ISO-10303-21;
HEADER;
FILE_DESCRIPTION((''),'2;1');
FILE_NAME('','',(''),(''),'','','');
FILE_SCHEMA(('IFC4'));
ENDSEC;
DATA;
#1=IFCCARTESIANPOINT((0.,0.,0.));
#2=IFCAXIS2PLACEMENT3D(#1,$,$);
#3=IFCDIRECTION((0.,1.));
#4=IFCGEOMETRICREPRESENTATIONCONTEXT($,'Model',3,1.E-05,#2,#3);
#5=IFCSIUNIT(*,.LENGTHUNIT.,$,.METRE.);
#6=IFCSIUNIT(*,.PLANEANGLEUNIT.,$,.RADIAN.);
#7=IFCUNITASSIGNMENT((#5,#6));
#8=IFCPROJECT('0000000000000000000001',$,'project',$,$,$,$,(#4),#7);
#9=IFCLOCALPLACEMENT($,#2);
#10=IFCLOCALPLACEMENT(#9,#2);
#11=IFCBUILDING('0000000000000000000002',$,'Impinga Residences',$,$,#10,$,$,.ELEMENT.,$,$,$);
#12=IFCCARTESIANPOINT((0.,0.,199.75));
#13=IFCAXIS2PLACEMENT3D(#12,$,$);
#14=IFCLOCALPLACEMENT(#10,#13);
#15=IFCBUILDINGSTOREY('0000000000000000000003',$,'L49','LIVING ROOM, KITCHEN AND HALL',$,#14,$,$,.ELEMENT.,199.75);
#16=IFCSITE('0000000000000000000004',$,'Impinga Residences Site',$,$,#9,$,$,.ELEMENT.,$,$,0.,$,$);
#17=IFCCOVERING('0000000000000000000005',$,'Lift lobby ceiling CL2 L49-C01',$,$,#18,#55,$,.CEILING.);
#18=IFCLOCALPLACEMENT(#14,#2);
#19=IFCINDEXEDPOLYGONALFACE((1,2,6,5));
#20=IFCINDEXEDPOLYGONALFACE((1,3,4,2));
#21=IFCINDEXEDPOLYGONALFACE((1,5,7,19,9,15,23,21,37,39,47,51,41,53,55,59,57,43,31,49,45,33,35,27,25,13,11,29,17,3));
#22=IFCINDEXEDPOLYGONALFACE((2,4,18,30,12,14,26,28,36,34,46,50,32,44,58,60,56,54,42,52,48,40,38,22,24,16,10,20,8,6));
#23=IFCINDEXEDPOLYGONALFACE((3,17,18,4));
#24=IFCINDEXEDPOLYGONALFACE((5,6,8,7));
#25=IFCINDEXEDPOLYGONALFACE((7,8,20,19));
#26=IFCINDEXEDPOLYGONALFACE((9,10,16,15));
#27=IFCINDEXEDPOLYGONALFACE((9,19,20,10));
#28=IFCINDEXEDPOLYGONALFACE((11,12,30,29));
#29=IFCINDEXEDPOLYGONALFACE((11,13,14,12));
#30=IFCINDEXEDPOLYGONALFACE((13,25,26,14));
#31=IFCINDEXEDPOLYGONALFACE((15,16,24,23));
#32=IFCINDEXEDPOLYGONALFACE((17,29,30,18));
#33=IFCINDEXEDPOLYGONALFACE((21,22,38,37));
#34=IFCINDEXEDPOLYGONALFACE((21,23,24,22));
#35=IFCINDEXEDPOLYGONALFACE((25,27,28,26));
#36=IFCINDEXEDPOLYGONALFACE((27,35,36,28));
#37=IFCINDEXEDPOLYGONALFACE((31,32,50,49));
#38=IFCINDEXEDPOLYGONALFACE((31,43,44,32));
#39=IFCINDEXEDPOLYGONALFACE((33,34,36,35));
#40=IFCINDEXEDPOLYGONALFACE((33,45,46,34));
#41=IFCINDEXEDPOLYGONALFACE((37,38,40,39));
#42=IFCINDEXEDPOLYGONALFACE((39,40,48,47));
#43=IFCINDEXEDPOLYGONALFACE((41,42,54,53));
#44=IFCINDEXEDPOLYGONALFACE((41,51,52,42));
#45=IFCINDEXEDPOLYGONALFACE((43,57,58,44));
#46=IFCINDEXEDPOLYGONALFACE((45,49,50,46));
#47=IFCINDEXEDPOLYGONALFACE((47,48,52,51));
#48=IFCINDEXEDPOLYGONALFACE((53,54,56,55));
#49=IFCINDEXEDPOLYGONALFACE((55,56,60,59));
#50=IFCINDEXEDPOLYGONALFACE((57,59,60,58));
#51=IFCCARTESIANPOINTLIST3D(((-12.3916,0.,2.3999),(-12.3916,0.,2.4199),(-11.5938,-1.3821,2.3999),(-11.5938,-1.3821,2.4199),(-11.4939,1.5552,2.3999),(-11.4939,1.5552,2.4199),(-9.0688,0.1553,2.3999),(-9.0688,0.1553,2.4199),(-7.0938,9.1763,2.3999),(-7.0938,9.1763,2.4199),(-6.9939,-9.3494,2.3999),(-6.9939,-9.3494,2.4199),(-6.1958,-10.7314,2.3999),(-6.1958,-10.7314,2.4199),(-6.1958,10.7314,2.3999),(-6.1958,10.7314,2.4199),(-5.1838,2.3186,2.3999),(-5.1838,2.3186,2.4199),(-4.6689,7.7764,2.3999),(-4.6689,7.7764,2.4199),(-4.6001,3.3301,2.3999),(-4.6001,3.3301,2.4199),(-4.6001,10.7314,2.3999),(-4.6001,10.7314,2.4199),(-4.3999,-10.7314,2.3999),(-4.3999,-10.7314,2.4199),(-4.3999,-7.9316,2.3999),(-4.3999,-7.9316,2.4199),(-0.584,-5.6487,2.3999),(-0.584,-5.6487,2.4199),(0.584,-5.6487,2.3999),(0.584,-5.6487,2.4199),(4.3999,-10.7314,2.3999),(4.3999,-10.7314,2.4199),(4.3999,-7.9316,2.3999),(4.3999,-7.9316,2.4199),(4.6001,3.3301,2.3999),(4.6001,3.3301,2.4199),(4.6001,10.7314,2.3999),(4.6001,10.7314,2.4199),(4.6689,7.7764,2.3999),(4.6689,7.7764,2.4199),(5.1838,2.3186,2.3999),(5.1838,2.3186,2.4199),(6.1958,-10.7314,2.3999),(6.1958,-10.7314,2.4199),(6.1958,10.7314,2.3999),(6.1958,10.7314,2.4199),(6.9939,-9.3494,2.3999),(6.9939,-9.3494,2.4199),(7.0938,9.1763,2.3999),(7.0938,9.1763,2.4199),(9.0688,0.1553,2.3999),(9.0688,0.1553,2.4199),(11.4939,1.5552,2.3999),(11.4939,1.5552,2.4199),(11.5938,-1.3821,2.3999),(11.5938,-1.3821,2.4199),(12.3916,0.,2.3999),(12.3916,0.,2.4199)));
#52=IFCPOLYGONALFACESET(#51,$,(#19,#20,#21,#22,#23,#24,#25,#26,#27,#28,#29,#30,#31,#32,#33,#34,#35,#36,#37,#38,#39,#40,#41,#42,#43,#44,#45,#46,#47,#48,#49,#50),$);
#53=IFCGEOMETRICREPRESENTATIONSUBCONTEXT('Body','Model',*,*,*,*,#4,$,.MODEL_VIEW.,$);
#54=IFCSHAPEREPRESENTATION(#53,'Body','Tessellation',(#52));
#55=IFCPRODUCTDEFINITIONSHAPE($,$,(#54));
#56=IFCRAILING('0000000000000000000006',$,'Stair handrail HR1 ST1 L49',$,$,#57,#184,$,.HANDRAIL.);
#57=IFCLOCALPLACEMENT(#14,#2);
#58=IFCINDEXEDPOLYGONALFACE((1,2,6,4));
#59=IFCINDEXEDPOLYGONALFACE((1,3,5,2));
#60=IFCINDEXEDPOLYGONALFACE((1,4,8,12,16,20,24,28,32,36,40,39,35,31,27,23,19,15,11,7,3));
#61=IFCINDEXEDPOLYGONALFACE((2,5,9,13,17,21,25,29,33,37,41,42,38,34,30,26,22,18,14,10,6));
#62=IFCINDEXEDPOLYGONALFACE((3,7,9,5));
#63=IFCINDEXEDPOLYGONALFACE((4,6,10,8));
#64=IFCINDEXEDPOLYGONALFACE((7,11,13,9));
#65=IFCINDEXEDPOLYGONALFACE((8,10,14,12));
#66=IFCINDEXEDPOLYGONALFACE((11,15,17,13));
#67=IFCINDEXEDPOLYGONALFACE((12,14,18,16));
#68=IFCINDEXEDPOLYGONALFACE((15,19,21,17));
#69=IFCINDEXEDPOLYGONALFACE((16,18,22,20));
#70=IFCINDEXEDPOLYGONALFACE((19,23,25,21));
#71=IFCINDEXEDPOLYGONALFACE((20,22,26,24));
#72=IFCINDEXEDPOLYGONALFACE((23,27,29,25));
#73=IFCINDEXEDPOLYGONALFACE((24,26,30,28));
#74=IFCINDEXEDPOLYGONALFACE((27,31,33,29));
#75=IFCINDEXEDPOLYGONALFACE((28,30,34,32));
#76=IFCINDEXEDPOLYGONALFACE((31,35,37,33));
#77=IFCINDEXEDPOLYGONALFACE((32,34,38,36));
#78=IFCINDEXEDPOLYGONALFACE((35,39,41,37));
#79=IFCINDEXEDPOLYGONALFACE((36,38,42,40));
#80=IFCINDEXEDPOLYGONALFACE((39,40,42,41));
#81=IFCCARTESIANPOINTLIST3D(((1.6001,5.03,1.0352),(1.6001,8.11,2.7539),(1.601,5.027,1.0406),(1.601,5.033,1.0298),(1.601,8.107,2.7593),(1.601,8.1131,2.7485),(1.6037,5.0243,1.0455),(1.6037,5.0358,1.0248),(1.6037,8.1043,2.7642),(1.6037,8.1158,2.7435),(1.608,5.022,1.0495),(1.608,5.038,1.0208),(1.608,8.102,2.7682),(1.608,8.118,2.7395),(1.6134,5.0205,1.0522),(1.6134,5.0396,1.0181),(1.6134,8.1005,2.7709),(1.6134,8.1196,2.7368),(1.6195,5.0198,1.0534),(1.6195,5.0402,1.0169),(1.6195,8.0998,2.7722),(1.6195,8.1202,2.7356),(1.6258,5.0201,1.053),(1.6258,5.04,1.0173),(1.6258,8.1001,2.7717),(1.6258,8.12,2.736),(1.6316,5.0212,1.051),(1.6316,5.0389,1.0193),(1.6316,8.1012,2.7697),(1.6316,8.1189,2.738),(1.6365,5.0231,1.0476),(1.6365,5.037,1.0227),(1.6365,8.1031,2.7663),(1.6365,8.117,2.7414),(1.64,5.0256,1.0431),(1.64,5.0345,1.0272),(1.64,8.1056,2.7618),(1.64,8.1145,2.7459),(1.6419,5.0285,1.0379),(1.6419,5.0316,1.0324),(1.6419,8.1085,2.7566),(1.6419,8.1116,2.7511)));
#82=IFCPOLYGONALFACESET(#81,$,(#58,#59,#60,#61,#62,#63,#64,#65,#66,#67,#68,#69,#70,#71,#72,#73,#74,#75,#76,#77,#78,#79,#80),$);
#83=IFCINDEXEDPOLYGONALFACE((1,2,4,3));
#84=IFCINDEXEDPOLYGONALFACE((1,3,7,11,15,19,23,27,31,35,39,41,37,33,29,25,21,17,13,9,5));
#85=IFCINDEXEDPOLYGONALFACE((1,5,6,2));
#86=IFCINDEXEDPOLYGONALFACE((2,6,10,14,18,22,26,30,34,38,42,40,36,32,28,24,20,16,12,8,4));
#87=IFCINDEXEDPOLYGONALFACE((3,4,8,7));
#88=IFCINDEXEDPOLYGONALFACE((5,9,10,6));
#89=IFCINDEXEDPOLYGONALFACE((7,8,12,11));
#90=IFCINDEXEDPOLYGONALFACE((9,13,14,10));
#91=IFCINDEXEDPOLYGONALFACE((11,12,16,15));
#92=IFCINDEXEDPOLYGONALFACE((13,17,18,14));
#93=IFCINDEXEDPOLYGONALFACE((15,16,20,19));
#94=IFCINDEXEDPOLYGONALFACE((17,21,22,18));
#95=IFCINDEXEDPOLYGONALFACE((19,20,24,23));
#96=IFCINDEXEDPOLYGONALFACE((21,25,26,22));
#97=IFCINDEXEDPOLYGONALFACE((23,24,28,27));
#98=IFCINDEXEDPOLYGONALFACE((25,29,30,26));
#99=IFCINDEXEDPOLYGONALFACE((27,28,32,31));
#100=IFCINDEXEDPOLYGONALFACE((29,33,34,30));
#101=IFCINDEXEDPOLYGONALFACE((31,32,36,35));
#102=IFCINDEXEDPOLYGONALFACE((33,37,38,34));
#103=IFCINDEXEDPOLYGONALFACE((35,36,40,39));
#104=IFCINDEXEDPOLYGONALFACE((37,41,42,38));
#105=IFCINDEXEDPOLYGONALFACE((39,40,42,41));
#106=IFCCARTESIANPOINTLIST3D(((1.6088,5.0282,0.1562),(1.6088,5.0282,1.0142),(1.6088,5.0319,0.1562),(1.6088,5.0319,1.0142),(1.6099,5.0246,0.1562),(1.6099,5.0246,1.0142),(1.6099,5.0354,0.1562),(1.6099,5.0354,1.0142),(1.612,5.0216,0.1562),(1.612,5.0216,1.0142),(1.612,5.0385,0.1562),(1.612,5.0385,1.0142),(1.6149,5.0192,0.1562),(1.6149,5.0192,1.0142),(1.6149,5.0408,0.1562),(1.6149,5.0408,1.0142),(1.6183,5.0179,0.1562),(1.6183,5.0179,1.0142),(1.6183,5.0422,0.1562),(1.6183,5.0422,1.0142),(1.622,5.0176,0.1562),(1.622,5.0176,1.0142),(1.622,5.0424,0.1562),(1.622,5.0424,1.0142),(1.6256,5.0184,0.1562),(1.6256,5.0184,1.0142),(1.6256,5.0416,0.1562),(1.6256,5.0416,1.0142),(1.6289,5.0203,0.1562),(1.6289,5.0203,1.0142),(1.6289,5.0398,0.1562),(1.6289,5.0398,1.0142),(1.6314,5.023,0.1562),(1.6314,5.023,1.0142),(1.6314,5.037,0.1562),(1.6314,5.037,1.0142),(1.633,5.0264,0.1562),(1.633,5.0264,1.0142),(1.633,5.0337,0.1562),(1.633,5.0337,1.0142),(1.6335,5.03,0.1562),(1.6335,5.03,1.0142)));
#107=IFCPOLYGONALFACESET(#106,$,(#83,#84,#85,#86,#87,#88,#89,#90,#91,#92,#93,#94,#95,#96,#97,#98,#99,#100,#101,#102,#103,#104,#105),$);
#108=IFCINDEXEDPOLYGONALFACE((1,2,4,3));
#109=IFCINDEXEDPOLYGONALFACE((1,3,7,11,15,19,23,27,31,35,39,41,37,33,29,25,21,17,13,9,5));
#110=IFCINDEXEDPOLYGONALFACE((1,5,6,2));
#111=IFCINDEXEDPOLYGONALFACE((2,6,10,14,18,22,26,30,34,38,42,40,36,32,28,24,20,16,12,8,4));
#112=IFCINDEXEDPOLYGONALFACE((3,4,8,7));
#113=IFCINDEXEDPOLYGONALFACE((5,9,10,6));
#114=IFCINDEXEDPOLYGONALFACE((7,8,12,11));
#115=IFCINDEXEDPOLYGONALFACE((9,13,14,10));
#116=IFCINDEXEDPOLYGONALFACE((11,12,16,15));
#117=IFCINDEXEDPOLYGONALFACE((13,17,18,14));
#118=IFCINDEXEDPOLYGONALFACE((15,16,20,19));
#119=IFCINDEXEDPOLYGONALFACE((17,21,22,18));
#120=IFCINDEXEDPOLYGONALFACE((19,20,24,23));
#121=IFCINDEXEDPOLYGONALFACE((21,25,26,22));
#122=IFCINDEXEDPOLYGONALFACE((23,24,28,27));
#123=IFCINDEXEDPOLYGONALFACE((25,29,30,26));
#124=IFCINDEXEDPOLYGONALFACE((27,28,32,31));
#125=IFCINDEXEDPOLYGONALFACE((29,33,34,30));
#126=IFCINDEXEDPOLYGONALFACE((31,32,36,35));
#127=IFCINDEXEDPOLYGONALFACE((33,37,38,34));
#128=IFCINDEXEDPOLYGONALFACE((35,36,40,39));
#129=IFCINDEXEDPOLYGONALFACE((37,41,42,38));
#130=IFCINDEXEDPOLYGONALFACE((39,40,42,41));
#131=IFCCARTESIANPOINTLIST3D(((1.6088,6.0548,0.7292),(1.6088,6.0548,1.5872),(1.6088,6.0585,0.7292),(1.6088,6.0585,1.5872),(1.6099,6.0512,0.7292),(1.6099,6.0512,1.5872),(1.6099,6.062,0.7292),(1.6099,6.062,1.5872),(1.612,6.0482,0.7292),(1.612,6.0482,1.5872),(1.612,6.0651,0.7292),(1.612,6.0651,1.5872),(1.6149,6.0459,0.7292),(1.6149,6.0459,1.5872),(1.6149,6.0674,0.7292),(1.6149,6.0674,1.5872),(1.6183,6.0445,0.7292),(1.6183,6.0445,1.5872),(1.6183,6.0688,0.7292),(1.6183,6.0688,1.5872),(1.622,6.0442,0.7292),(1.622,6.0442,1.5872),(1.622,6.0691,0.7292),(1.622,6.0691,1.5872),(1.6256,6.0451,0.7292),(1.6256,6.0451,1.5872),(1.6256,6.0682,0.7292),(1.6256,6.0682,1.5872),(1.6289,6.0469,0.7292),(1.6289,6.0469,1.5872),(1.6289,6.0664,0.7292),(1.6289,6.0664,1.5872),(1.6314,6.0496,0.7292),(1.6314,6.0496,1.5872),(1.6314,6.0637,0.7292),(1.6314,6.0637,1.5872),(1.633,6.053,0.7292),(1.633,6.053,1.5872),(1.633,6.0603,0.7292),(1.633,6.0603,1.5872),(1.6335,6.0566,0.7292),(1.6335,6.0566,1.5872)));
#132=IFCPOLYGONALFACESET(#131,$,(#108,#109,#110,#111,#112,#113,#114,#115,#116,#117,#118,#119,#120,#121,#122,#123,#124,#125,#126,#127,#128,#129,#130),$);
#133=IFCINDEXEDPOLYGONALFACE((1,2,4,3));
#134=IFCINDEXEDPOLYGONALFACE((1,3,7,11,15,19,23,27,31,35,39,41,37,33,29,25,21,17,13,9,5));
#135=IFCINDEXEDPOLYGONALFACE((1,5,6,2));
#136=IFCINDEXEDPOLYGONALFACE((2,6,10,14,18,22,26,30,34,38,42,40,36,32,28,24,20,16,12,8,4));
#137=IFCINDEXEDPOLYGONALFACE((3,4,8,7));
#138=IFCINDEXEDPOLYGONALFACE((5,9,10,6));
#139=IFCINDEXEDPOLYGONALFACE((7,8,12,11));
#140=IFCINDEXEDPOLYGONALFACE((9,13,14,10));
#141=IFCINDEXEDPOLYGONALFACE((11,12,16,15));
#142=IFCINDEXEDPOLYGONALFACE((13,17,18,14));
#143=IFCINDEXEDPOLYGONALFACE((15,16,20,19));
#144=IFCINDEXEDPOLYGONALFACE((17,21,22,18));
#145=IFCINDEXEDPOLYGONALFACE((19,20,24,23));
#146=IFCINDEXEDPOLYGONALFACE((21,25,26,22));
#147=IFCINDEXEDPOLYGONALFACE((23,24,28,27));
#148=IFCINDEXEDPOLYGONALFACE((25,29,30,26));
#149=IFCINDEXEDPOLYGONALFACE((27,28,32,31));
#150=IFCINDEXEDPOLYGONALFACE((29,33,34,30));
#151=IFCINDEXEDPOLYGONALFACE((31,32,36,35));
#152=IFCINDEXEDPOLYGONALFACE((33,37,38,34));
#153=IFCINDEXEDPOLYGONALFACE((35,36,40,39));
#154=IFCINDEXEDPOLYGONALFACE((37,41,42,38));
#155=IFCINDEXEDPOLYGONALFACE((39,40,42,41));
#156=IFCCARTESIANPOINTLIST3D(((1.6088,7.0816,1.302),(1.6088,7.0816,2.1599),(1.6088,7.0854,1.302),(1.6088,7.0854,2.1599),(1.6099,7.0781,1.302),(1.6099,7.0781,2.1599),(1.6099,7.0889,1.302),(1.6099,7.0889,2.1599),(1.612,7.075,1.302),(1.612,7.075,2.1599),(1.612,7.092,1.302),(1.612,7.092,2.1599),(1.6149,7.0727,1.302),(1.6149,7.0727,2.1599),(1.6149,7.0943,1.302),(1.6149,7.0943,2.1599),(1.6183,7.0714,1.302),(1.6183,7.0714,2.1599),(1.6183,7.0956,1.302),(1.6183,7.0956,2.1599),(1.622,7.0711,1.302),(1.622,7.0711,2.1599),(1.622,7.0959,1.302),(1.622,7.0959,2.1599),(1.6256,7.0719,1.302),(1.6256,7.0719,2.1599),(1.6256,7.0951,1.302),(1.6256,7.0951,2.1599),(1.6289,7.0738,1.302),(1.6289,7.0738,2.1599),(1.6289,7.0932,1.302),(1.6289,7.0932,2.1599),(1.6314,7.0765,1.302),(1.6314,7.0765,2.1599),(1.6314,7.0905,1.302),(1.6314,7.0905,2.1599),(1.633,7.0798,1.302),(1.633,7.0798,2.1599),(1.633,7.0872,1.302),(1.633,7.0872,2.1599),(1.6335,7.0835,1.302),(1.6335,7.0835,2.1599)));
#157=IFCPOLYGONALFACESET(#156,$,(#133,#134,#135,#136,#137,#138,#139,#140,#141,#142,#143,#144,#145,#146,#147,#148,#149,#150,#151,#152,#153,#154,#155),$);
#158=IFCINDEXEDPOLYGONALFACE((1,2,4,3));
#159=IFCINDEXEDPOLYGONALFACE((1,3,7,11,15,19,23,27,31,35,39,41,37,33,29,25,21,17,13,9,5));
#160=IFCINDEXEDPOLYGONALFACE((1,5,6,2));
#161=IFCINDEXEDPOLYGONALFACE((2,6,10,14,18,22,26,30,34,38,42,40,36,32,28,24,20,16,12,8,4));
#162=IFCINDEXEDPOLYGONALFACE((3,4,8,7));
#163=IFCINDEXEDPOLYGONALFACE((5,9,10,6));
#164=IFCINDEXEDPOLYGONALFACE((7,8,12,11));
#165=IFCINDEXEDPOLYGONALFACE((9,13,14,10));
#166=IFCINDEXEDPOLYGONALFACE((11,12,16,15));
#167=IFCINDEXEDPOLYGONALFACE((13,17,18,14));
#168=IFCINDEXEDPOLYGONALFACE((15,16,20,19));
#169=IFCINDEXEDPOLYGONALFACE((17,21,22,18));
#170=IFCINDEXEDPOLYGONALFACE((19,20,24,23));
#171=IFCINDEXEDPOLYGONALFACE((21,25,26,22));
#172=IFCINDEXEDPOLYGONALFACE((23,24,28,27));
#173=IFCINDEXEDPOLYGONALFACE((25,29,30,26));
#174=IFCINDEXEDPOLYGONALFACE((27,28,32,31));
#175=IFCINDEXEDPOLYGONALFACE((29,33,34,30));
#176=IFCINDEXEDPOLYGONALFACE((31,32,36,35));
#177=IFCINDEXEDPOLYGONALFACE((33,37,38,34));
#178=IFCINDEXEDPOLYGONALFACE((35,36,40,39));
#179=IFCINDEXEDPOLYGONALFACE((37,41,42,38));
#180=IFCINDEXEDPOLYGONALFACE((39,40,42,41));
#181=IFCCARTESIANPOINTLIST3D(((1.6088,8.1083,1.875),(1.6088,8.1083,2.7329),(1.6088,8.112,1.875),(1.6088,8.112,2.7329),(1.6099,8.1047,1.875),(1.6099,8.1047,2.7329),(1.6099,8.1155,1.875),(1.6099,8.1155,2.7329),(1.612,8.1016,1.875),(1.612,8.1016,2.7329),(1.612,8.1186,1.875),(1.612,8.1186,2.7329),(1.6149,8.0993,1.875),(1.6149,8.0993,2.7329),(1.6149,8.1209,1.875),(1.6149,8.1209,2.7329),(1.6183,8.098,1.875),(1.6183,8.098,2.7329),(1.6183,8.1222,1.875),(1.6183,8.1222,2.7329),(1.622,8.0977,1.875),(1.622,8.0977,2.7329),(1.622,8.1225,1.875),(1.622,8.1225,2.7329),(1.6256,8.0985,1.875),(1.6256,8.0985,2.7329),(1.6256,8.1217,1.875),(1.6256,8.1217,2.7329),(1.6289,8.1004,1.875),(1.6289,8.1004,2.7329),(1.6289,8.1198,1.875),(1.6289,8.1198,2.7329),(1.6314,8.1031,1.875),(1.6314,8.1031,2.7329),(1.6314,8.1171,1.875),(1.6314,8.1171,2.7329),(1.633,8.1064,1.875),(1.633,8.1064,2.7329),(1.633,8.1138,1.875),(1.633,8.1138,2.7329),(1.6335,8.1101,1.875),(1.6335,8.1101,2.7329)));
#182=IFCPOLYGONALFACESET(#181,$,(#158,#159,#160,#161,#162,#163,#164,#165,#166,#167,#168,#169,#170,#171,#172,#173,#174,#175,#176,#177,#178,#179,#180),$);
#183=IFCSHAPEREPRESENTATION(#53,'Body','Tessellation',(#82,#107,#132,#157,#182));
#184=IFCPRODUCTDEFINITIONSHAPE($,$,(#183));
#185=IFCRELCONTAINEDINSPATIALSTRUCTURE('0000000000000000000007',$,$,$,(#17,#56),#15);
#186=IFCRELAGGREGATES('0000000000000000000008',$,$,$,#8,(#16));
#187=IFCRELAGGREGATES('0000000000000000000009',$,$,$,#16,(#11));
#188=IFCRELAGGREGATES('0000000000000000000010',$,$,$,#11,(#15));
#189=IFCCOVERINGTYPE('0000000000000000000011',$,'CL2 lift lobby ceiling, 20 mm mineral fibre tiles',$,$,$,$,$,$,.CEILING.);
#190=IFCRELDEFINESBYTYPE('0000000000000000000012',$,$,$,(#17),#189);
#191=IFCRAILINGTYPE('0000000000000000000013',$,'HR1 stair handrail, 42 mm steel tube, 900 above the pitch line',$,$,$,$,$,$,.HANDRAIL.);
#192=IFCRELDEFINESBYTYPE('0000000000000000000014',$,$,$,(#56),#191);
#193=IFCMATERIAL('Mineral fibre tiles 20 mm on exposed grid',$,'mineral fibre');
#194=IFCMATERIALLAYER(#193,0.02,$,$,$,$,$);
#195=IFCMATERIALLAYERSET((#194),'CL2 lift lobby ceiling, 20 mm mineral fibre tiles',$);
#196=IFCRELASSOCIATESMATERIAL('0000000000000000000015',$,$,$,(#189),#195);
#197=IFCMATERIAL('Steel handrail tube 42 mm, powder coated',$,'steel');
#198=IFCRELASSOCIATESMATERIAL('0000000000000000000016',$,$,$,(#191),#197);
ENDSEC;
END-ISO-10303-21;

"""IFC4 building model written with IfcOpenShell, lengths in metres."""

from ifc_helpers import new_model, si_unit, direction, frame, origin, origin_2d, place, context, subcontext, project, spatial, polyline, circle, outline, extrude, material, layer, layer_set, type_object, element, save


model = new_model("IFC4")

# Units and contexts
model_context = context("Model", 3, precision=1e-05, world=origin(), true_north=direction((0.0, 1.0)))
body_context = subcontext(model_context, "Body", "Model", "MODEL_VIEW")
ifc_project = project(units=[si_unit("LENGTHUNIT", "METRE"), si_unit("PLANEANGLEUNIT", "RADIAN")], contexts=[model_context])

# Site, building, storey
site_placement = place(None, origin())
site = spatial("IfcSite", under=ifc_project, at=site_placement, Name="Impinga Residences Site", CompositionType="ELEMENT", RefElevation=0.0)
building_placement = place(site_placement, origin())
building = spatial("IfcBuilding", under=site, at=building_placement, Name="Impinga Residences", CompositionType="ELEMENT")
storey_placement = place(building_placement, frame((0.0, 0.0, 199.75)))
storey = spatial("IfcBuildingStorey", under=building, at=storey_placement, Name="L49", Description="LIVING ROOM, KITCHEN AND HALL", CompositionType="ELEMENT", Elevation=199.75)

# Covering
ifc_material_1 = material(Name="Mineral fibre tiles 20 mm on exposed grid", Category="mineral fibre")
ifc_layer_1 = layer(ifc_material_1, 0.02)
ifc_layer_set_1 = layer_set([ifc_layer_1], Name="CL2 lift lobby ceiling, 20 mm mineral fibre tiles")
covering_type_1 = type_object("IfcCoveringType", Name="CL2 lift lobby ceiling, 20 mm mineral fibre tiles", PredefinedType="CEILING", material=ifc_layer_set_1)
covering_1_placement = place(storey_placement, frame((0.0, 0.0, 2.3999)))
element("IfcCovering", 1, at=covering_1_placement, inside=storey, type_object=covering_type_1, Name="Lift lobby ceiling CL2 L49-C01", PredefinedType="CEILING", context=body_context, shape_type="SweptSolid", body=[
    extrude(outline(polyline([(12.3916, 0.0), (11.5938, -1.3821), (5.1838, 2.3186), (0.584, -5.6487), (6.9939, -9.3494), (6.1958, -10.7314), (4.3999, -10.7314), (4.3999, -7.9316), (-4.3999, -7.9316), (-4.3999, -10.7314), (-6.1958, -10.7314), (-6.9939, -9.3494), (-0.584, -5.6487), (-5.1838, 2.3186), (-11.5938, -1.3821), (-12.3916, 0.0), (-11.4939, 1.5552), (-9.0688, 0.1553), (-4.6689, 7.7764), (-7.0938, 9.1763), (-6.1958, 10.7314), (-4.6001, 10.7314), (-4.6001, 3.3301), (4.6001, 3.3301), (4.6001, 10.7314), (6.1958, 10.7314), (7.0938, 9.1763), (4.6689, 7.7764), (9.0688, 0.1553), (11.4939, 1.5552), (12.3916, 0.0)])), origin(), (0.0, 0.0, 1.0), 0.02),
])

# Railing
ifc_material_2 = material(Name="Steel handrail tube 42 mm, powder coated", Category="steel")
railing_type = type_object("IfcRailingType", Name="HR1 stair handrail, 42 mm steel tube, 900 above the pitch line", PredefinedType="HANDRAIL", material=ifc_material_2)
railing_1_placement = place(storey_placement, frame((1.6211, 5.03, 0.1562)))
element("IfcRailing", 2, at=railing_1_placement, inside=storey, type_object=railing_type, Name="Stair handrail HR1 ST1 L49", PredefinedType="HANDRAIL", context=body_context, shape_type="SweptSolid", body=[
    extrude(circle(Radius=0.021, at=origin_2d()), frame((0.0, 0.0, 0.8789), z_axis=(0.0, 0.873242, 0.487288), x_axis=(-1.0, 0.0, 0.0)), (0.0, 0.0, 1.0), 3.5271),
    extrude(circle(Radius=0.0125, at=origin_2d()), origin(), (0.0, 0.0, 1.0), 0.8579),
    extrude(circle(Radius=0.0125, at=origin_2d()), frame((0.0, 1.0266, 0.573)), (0.0, 0.0, 1.0), 0.8579),
    extrude(circle(Radius=0.0125, at=origin_2d()), frame((0.0, 2.0535, 1.1458)), (0.0, 0.0, 1.0), 0.8579),
    extrude(circle(Radius=0.0125, at=origin_2d()), frame((0.0, 3.0801, 1.7188)), (0.0, 0.0, 1.0), 0.8579),
])

save(model, "model.ifc")
